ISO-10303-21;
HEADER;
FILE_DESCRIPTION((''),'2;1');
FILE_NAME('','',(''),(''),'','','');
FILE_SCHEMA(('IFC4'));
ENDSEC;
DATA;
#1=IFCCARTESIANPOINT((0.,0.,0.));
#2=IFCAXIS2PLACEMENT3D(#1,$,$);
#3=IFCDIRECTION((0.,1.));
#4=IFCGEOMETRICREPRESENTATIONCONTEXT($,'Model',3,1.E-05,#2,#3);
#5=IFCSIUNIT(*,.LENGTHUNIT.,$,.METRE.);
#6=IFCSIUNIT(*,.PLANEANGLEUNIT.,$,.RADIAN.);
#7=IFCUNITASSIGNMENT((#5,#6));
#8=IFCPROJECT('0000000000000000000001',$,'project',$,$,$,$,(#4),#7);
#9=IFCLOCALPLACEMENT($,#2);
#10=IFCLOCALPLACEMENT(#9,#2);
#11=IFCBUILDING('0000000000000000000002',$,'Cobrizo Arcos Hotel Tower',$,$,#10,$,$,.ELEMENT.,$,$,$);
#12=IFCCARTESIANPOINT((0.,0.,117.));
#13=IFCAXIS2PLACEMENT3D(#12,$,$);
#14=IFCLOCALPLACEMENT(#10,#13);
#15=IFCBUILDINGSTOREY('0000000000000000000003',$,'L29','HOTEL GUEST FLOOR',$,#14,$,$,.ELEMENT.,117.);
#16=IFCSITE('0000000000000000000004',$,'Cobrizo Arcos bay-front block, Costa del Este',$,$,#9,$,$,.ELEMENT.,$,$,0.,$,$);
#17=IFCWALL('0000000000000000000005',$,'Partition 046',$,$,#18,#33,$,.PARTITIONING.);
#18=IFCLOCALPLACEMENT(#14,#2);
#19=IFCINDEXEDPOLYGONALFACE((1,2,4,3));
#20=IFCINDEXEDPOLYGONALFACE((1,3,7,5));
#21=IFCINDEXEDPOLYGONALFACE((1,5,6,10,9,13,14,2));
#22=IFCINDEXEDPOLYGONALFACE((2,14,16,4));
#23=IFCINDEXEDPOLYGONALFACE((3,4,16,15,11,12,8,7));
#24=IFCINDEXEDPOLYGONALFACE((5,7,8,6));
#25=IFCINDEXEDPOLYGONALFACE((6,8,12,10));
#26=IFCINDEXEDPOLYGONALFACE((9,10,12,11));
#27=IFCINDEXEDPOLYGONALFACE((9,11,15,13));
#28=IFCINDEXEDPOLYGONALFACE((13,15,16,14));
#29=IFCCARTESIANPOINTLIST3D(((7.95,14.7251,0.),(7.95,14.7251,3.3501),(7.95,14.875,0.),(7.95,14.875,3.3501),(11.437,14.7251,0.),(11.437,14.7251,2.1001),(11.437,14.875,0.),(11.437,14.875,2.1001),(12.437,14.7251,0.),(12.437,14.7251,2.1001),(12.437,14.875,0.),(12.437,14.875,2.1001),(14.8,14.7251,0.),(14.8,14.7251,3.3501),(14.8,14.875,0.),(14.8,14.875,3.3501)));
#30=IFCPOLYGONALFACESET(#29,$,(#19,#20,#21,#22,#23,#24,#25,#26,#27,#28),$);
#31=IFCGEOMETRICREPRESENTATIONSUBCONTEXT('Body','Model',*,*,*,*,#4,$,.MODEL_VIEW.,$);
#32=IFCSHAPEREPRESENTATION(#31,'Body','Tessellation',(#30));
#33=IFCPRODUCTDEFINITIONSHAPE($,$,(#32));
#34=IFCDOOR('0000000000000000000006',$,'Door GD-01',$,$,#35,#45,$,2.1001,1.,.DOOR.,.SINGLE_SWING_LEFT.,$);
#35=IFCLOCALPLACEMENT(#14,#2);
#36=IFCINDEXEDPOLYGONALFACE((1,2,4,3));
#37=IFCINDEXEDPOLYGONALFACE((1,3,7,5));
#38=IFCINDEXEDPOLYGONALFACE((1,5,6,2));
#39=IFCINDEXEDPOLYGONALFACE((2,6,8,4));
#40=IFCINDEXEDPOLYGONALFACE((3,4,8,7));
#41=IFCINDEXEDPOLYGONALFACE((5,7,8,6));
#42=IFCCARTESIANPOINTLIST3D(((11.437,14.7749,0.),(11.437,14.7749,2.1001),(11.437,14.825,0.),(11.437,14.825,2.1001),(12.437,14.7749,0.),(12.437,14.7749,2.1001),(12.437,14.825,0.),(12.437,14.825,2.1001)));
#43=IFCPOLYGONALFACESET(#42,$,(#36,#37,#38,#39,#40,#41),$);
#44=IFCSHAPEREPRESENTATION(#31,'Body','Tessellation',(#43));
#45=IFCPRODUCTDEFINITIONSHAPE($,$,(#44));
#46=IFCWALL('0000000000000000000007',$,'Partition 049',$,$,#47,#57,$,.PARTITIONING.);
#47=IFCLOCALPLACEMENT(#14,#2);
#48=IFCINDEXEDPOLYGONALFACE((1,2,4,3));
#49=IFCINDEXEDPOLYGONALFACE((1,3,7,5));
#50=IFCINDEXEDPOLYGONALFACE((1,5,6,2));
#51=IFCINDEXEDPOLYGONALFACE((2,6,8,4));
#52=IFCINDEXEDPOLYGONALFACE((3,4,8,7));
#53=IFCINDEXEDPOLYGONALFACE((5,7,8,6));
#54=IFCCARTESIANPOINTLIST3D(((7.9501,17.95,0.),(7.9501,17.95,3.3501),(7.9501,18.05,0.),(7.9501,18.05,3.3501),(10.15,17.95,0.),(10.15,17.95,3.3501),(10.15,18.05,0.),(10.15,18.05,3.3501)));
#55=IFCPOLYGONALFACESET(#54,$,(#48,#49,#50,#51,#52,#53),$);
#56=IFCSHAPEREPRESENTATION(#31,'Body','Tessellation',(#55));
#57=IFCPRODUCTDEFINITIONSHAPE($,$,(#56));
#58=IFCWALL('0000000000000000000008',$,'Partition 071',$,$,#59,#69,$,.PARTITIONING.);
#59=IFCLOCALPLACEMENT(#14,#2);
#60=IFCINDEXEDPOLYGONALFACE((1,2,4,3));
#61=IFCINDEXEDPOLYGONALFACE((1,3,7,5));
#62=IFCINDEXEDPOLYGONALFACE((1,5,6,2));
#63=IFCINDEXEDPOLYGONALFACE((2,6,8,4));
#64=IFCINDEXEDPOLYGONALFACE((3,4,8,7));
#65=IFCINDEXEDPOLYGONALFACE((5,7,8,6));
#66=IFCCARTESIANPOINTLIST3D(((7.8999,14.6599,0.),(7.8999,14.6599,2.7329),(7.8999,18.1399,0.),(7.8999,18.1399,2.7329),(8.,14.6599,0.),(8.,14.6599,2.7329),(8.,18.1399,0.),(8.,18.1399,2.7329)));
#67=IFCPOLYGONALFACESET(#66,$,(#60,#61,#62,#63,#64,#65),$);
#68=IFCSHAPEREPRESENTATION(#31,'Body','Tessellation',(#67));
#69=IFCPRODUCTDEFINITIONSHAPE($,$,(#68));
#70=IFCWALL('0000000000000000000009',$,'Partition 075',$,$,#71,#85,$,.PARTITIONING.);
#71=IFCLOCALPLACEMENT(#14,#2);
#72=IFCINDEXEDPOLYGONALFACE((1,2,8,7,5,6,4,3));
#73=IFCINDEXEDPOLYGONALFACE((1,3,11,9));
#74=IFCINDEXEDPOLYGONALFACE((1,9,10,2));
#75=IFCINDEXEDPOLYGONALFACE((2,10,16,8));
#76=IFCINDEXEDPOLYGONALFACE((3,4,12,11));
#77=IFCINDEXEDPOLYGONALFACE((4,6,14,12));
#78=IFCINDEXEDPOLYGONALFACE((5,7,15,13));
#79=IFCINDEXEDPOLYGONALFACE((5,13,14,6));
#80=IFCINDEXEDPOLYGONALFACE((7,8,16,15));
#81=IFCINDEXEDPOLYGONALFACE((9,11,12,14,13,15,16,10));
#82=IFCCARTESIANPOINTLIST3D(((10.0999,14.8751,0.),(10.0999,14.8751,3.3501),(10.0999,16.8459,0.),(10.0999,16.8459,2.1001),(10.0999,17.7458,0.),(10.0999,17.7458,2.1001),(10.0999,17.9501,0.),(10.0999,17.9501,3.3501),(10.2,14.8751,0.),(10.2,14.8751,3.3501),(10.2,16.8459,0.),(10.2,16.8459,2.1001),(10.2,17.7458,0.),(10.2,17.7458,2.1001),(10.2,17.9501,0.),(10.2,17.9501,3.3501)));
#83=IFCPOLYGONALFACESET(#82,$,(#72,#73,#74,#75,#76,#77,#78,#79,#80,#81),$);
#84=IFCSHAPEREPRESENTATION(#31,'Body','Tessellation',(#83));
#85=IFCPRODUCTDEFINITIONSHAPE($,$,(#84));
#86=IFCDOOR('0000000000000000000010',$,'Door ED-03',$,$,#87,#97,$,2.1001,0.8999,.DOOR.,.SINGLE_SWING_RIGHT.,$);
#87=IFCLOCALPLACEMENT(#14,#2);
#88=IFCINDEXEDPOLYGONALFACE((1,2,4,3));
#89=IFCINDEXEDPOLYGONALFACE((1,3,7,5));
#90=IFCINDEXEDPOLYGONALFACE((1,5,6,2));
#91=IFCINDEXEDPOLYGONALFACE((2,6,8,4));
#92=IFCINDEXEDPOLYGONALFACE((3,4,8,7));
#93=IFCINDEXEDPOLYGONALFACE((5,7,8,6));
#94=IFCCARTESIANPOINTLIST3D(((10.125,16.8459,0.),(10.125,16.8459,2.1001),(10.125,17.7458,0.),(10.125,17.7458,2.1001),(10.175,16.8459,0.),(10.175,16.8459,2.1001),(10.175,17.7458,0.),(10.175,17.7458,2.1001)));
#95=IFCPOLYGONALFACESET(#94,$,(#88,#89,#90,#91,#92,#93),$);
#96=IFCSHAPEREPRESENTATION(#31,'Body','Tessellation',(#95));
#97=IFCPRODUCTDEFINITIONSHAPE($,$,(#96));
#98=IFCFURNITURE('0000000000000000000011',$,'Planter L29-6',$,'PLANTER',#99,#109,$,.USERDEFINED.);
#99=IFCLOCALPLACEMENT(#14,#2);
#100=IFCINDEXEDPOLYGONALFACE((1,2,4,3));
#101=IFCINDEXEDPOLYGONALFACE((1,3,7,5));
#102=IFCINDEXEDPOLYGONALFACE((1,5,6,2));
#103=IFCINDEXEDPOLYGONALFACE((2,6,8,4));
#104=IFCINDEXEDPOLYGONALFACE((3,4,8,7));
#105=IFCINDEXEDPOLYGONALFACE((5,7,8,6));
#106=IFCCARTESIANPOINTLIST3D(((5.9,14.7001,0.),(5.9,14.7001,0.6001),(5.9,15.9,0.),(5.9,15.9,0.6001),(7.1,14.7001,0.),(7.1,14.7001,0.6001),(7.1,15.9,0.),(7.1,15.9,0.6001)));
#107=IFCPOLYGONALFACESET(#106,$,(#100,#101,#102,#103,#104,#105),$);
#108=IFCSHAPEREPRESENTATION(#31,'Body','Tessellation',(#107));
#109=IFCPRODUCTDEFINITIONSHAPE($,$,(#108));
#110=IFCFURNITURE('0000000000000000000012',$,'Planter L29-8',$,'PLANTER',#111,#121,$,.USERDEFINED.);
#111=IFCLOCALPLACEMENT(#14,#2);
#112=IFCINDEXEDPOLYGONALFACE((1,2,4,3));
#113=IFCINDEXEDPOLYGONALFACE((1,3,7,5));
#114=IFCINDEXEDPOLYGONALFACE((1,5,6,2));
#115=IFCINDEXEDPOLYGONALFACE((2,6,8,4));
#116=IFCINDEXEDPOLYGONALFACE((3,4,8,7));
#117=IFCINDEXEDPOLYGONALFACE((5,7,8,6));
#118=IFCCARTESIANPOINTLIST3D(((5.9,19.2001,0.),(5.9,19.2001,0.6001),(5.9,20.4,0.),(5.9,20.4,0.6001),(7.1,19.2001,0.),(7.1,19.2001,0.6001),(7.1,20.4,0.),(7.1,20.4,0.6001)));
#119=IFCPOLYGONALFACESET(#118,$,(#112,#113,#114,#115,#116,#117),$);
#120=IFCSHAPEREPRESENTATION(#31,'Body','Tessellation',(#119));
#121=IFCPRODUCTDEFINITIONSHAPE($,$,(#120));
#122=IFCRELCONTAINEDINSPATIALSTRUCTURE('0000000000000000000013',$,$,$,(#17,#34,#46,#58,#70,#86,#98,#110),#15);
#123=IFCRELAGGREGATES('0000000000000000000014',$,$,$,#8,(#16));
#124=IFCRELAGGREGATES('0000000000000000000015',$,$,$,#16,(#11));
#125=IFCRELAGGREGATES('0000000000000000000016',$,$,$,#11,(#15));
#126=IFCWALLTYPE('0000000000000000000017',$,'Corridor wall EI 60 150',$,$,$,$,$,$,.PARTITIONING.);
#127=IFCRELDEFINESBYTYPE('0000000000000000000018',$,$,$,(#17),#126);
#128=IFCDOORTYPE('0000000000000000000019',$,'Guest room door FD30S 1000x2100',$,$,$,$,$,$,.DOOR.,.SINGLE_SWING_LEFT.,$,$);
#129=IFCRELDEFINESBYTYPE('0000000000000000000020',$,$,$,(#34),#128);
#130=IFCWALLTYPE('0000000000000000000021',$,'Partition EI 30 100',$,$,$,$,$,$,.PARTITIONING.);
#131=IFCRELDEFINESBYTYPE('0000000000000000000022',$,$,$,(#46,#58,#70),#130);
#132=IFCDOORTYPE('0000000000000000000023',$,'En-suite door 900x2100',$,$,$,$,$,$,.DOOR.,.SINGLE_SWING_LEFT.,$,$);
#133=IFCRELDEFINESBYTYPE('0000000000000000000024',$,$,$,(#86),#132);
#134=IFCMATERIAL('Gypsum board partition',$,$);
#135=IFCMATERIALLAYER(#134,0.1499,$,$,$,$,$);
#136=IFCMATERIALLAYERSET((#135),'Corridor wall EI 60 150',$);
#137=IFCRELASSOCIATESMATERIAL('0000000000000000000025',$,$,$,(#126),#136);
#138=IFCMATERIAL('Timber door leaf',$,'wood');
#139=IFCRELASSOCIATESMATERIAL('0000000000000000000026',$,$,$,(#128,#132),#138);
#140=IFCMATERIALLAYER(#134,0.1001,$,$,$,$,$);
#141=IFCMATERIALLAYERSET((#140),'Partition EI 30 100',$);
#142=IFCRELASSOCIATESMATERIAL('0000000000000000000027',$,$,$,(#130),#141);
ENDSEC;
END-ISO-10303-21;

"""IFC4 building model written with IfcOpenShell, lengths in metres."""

from ifc_helpers import new_model, si_unit, direction, frame, frame_2d, origin, origin_2d, place, context, subcontext, project, spatial, rectangle, extrude, material, layer, layer_set, type_object, element, fill, save


model = new_model("IFC4")

# Units and contexts
model_context = context("Model", 3, precision=1e-05, world=origin(), true_north=direction((0.0, 1.0)))
body_context = subcontext(model_context, "Body", "Model", "MODEL_VIEW")
ifc_project = project(units=[si_unit("LENGTHUNIT", "METRE"), si_unit("PLANEANGLEUNIT", "RADIAN")], contexts=[model_context])

# Site, building, storey
site_placement = place(None, origin())
site = spatial("IfcSite", under=ifc_project, at=site_placement, Name="Cobrizo Arcos bay-front block, Costa del Este", CompositionType="ELEMENT", RefElevation=0.0)
building_placement = place(site_placement, origin())
building = spatial("IfcBuilding", under=site, at=building_placement, Name="Cobrizo Arcos Hotel Tower", CompositionType="ELEMENT")
storey_placement = place(building_placement, frame((0.0, 0.0, 117.0)))
storey = spatial("IfcBuildingStorey", under=building, at=storey_placement, Name="L29", Description="HOTEL GUEST FLOOR", CompositionType="ELEMENT", Elevation=117.0)

# Shared definitions
ifc_material_1 = material(Name="Gypsum board partition")
ifc_layer_1 = layer(ifc_material_1, 0.1499)
ifc_layer_set_1 = layer_set([ifc_layer_1], Name="Corridor wall EI 60 150")
wall_type_1 = type_object("IfcWallType", Name="Corridor wall EI 60 150", PredefinedType="PARTITIONING", material=ifc_layer_set_1)

# Wall, opening, door
wall_1_placement = place(storey_placement, frame((7.95, 14.8, 0.0), z_axis=(0.0, 0.0, 1.0), x_axis=(1.0, 0.0, 0.0)))
wall_1 = element("IfcWall", 1, at=wall_1_placement, inside=storey, type_object=wall_type_1, Name="Partition 046", PredefinedType="PARTITIONING", context=body_context, shape_type="SweptSolid", body=[
    extrude(rectangle(XDim=6.8501, YDim=0.1499, at=frame_2d((3.425, 0.0))), origin(), (0.0, 0.0, 1.0), 3.3501),
])
opening_1_placement = place(wall_1_placement, frame((3.4871, 0.0, 0.0)))
opening_1 = element("IfcOpeningElement", 2, at=opening_1_placement, cuts=wall_1, PredefinedType="OPENING", context=body_context, shape_type="SweptSolid", body=[
    extrude(rectangle(XDim=1.0, YDim=2.1001, at=frame_2d((0.5, 1.05))), frame((0.0, 0.0869, 0.0), z_axis=(0.0, -1.0, 0.0), x_axis=(1.0, 0.0, 0.0)), (0.0, 0.0, 1.0), 0.1738),
])
ifc_material_2 = material(Name="Timber door leaf", Category="wood")
door_type_1 = type_object("IfcDoorType", Name="Guest room door FD30S 1000x2100", OperationType="SINGLE_SWING_LEFT", PredefinedType="DOOR", material=ifc_material_2)
door_1_placement = place(opening_1_placement, origin())
door_1 = element("IfcDoor", 3, at=door_1_placement, inside=storey, type_object=door_type_1, Name="Door GD-01", OperationType="SINGLE_SWING_LEFT", OverallHeight=2.1001, OverallWidth=1.0, PredefinedType="DOOR", context=body_context, shape_type="SweptSolid", body=[
    extrude(rectangle(XDim=1.0, YDim=2.1001, at=frame_2d((0.5, 1.05))), frame((0.0, 0.0249, 0.0), z_axis=(0.0, -1.0, 0.0), x_axis=(1.0, 0.0, 0.0)), (0.0, 0.0, 1.0), 0.05),
])
fill(opening_1, door_1)

# Walls
ifc_layer_2 = layer(ifc_material_1, 0.1001)
ifc_layer_set_2 = layer_set([ifc_layer_2], Name="Partition EI 30 100")
wall_type_2 = type_object("IfcWallType", Name="Partition EI 30 100", PredefinedType="PARTITIONING", material=ifc_layer_set_2)
wall_2_placement = place(storey_placement, frame((7.95, 18.0, 0.0), z_axis=(0.0, 0.0, 1.0), x_axis=(1.0, 0.0, 0.0)))
element("IfcWall", 4, at=wall_2_placement, inside=storey, type_object=wall_type_2, Name="Partition 049", PredefinedType="PARTITIONING", context=body_context, shape_type="SweptSolid", body=[
    extrude(rectangle(XDim=2.2, YDim=0.1001, at=frame_2d((1.1001, 0.0))), origin(), (0.0, 0.0, 1.0), 3.3501),
])
wall_3_placement = place(storey_placement, frame((7.95, 14.6599, 0.0), z_axis=(0.0, 0.0, 1.0), x_axis=(0.0, 1.0, 0.0)))
element("IfcWall", 5, at=wall_3_placement, inside=storey, type_object=wall_type_2, Name="Partition 071", PredefinedType="PARTITIONING", context=body_context, shape_type="SweptSolid", body=[
    extrude(rectangle(XDim=3.48, YDim=0.1001, at=frame_2d((1.74, 0.0))), origin(), (0.0, 0.0, 1.0), 2.7329),
])

# Wall, opening, door
wall_4_placement = place(storey_placement, frame((10.1499, 14.875, 0.0), z_axis=(0.0, 0.0, 1.0), x_axis=(0.0, 1.0, 0.0)))
wall_4 = element("IfcWall", 6, at=wall_4_placement, inside=storey, type_object=wall_type_2, Name="Partition 075", PredefinedType="PARTITIONING", context=body_context, shape_type="SweptSolid", body=[
    extrude(rectangle(XDim=3.075, YDim=0.1001, at=frame_2d((1.5376, 0.0))), origin(), (0.0, 0.0, 1.0), 3.3501),
])
opening_2_placement = place(wall_4_placement, frame((1.9709, 0.0, 0.0)))
opening_2 = element("IfcOpeningElement", 7, at=opening_2_placement, cuts=wall_4, PredefinedType="OPENING", context=body_context, shape_type="SweptSolid", body=[
    extrude(rectangle(XDim=0.8999, YDim=2.1001, at=frame_2d((0.45, 1.05))), frame((0.0, 0.062, 0.0), z_axis=(0.0, -1.0, 0.0), x_axis=(1.0, 0.0, 0.0)), (0.0, 0.0, 1.0), 0.124),
])
door_type_2 = type_object("IfcDoorType", Name="En-suite door 900x2100", OperationType="SINGLE_SWING_LEFT", PredefinedType="DOOR", material=ifc_material_2)
door_2_placement = place(opening_2_placement, origin())
door_2 = element("IfcDoor", 8, at=door_2_placement, inside=storey, type_object=door_type_2, Name="Door ED-03", OperationType="SINGLE_SWING_RIGHT", OverallHeight=2.1001, OverallWidth=0.8999, PredefinedType="DOOR", context=body_context, shape_type="SweptSolid", body=[
    extrude(rectangle(XDim=0.8999, YDim=2.1001, at=frame_2d((0.45, 1.05))), frame((0.0, 0.0249, 0.0), z_axis=(0.0, -1.0, 0.0), x_axis=(1.0, 0.0, 0.0)), (0.0, 0.0, 1.0), 0.05),
])
fill(opening_2, door_2)

# Furniture
for number, where, z_axis, x_axis, name in (
    (9, (6.5, 15.3, 0.0), (0.0, 0.0, 1.0), (1.0, 0.0, 0.0), "Planter L29-6"),
    (10, (6.5, 19.8, 0.0), (0.0, 0.0, 1.0), (1.0, 0.0, 0.0), "Planter L29-8"),
):
    element("IfcFurniture", number, at=place(storey_placement, frame(where, z_axis=z_axis, x_axis=x_axis)), inside=storey, Name=name, ObjectType="PLANTER", PredefinedType="USERDEFINED", context=body_context, shape_type="SweptSolid", body=[
        extrude(rectangle(XDim=1.2, YDim=1.2, at=origin_2d()), origin(), (0.0, 0.0, 1.0), 0.6001),
    ])

save(model, "model.ifc")
